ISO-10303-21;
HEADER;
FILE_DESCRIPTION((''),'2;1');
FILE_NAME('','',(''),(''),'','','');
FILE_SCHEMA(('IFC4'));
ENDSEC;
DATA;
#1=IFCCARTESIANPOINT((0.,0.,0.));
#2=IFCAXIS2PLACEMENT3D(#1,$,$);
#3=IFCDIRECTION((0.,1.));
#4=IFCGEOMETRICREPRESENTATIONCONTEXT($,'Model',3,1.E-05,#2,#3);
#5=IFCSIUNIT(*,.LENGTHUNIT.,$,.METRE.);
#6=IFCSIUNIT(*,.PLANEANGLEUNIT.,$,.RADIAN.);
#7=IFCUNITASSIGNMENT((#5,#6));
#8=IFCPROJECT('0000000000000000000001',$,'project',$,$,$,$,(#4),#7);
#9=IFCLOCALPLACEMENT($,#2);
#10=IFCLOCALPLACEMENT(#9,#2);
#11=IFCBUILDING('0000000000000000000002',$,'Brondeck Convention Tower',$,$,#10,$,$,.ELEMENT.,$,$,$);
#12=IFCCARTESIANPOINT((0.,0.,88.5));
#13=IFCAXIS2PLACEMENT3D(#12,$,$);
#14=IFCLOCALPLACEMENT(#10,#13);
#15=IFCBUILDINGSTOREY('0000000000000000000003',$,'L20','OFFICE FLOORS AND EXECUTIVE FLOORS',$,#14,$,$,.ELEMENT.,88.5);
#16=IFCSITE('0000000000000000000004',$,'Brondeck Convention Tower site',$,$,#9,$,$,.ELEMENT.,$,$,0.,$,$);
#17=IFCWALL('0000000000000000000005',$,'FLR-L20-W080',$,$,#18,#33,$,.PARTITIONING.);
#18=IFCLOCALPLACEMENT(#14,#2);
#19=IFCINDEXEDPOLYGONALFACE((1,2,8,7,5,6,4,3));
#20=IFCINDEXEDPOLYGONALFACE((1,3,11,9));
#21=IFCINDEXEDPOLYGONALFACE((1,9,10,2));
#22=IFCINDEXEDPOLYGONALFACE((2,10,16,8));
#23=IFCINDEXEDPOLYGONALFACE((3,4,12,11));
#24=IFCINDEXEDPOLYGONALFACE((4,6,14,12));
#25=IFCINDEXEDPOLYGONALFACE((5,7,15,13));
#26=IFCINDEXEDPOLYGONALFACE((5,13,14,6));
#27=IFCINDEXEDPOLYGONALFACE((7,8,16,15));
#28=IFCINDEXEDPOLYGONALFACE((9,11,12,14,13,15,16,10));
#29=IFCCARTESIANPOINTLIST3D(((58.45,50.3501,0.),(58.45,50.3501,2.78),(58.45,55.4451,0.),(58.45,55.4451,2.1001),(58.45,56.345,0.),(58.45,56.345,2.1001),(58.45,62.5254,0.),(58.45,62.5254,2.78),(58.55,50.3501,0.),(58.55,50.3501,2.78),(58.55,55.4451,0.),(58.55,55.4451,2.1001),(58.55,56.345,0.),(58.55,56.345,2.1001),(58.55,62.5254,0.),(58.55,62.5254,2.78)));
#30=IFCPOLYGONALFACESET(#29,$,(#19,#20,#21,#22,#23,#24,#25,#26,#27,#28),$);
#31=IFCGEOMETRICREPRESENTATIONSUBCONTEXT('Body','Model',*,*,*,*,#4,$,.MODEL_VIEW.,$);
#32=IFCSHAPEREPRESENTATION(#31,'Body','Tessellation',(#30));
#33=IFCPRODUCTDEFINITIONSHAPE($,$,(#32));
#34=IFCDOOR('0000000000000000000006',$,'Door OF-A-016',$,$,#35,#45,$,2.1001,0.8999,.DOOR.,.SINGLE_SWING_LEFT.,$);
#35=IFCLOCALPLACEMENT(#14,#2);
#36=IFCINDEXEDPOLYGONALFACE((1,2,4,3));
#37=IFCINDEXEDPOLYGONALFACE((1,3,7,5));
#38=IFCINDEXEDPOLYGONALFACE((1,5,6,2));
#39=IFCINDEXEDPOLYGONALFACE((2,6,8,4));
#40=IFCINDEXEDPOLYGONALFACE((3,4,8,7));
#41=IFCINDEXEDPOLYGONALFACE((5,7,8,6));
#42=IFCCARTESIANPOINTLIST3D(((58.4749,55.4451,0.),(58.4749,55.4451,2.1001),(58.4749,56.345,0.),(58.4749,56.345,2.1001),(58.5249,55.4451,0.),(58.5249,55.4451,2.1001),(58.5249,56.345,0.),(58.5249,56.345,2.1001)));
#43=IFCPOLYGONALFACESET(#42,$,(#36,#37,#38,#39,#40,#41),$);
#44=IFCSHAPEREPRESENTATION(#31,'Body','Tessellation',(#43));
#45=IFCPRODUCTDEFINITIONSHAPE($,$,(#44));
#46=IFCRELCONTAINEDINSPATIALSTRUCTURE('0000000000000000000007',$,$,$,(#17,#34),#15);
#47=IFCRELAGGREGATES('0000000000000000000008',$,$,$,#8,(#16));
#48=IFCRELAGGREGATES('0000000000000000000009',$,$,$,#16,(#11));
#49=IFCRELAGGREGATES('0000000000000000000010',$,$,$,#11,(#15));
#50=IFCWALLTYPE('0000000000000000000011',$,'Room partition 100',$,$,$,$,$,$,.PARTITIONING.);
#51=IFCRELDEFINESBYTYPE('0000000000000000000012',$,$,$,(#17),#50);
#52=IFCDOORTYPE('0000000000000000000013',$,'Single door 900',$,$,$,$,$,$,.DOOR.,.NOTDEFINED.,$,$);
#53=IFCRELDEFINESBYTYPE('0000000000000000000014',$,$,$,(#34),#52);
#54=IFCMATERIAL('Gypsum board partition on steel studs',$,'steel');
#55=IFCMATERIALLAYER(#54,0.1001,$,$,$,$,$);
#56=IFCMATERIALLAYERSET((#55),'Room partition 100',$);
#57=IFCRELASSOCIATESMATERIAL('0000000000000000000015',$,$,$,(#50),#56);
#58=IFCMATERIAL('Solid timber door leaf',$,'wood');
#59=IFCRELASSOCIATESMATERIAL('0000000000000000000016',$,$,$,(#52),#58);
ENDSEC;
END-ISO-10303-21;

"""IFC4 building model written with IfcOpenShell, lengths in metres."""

from ifc_helpers import new_model, si_unit, direction, frame, frame_2d, origin, place, context, subcontext, project, spatial, rectangle, extrude, material, layer, layer_set, type_object, element, fill, save


model = new_model("IFC4")

# Units and contexts
model_context = context("Model", 3, precision=1e-05, world=origin(), true_north=direction((0.0, 1.0)))
body_context = subcontext(model_context, "Body", "Model", "MODEL_VIEW")
ifc_project = project(units=[si_unit("LENGTHUNIT", "METRE"), si_unit("PLANEANGLEUNIT", "RADIAN")], contexts=[model_context])

# Site, building, storey
site_placement = place(None, origin())
site = spatial("IfcSite", under=ifc_project, at=site_placement, Name="Brondeck Convention Tower site", CompositionType="ELEMENT", RefElevation=0.0)
building_placement = place(site_placement, origin())
building = spatial("IfcBuilding", under=site, at=building_placement, Name="Brondeck Convention Tower", CompositionType="ELEMENT")
storey_placement = place(building_placement, frame((0.0, 0.0, 88.5)))
storey = spatial("IfcBuildingStorey", under=building, at=storey_placement, Name="L20", Description="OFFICE FLOORS AND EXECUTIVE FLOORS", CompositionType="ELEMENT", Elevation=88.5)

# Shared definitions
ifc_material_1 = material(Name="Gypsum board partition on steel studs", Category="steel")
ifc_layer_1 = layer(ifc_material_1, 0.1001)
ifc_layer_set_1 = layer_set([ifc_layer_1], Name="Room partition 100")
wall_type_1 = type_object("IfcWallType", Name="Room partition 100", PredefinedType="PARTITIONING", material=ifc_layer_set_1)

# Wall, opening, door
wall_1_placement = place(storey_placement, frame((58.5, 62.5254, 0.0), z_axis=(0.0, 0.0, 1.0), x_axis=(0.0, -1.0, 0.0)))
wall_1 = element("IfcWall", 1, at=wall_1_placement, inside=storey, type_object=wall_type_1, Name="FLR-L20-W080", PredefinedType="PARTITIONING", context=body_context, shape_type="SweptSolid", body=[
    extrude(rectangle(XDim=12.1753, YDim=0.1001, at=frame_2d((6.0876, 0.0))), origin(), (0.0, 0.0, 1.0), 2.78),
])
opening_1_placement = place(wall_1_placement, frame((6.1804, 0.0, 0.0)))
opening_1 = element("IfcOpeningElement", 2, at=opening_1_placement, cuts=wall_1, PredefinedType="OPENING", context=body_context, shape_type="SweptSolid", body=[
    extrude(rectangle(XDim=0.8999, YDim=2.1001, at=frame_2d((0.45, 1.05))), frame((0.0, 0.0601, 0.0), z_axis=(0.0, -1.0, 0.0), x_axis=(1.0, 0.0, 0.0)), (0.0, 0.0, 1.0), 0.1201),
])
ifc_material_2 = material(Name="Solid timber door leaf", Category="wood")
door_type = type_object("IfcDoorType", Name="Single door 900", OperationType="NOTDEFINED", PredefinedType="DOOR", material=ifc_material_2)
door_placement = place(opening_1_placement, origin())
door = element("IfcDoor", 3, at=door_placement, inside=storey, type_object=door_type, Name="Door OF-A-016", OperationType="SINGLE_SWING_LEFT", OverallHeight=2.1001, OverallWidth=0.8999, PredefinedType="DOOR", context=body_context, shape_type="SweptSolid", body=[
    extrude(rectangle(XDim=0.8999, YDim=2.1001, at=frame_2d((0.45, 1.05))), frame((0.0, 0.0249, 0.0), z_axis=(0.0, -1.0, 0.0), x_axis=(1.0, 0.0, 0.0)), (0.0, 0.0, 1.0), 0.05),
])
fill(opening_1, door)

save(model, "model.ifc")
